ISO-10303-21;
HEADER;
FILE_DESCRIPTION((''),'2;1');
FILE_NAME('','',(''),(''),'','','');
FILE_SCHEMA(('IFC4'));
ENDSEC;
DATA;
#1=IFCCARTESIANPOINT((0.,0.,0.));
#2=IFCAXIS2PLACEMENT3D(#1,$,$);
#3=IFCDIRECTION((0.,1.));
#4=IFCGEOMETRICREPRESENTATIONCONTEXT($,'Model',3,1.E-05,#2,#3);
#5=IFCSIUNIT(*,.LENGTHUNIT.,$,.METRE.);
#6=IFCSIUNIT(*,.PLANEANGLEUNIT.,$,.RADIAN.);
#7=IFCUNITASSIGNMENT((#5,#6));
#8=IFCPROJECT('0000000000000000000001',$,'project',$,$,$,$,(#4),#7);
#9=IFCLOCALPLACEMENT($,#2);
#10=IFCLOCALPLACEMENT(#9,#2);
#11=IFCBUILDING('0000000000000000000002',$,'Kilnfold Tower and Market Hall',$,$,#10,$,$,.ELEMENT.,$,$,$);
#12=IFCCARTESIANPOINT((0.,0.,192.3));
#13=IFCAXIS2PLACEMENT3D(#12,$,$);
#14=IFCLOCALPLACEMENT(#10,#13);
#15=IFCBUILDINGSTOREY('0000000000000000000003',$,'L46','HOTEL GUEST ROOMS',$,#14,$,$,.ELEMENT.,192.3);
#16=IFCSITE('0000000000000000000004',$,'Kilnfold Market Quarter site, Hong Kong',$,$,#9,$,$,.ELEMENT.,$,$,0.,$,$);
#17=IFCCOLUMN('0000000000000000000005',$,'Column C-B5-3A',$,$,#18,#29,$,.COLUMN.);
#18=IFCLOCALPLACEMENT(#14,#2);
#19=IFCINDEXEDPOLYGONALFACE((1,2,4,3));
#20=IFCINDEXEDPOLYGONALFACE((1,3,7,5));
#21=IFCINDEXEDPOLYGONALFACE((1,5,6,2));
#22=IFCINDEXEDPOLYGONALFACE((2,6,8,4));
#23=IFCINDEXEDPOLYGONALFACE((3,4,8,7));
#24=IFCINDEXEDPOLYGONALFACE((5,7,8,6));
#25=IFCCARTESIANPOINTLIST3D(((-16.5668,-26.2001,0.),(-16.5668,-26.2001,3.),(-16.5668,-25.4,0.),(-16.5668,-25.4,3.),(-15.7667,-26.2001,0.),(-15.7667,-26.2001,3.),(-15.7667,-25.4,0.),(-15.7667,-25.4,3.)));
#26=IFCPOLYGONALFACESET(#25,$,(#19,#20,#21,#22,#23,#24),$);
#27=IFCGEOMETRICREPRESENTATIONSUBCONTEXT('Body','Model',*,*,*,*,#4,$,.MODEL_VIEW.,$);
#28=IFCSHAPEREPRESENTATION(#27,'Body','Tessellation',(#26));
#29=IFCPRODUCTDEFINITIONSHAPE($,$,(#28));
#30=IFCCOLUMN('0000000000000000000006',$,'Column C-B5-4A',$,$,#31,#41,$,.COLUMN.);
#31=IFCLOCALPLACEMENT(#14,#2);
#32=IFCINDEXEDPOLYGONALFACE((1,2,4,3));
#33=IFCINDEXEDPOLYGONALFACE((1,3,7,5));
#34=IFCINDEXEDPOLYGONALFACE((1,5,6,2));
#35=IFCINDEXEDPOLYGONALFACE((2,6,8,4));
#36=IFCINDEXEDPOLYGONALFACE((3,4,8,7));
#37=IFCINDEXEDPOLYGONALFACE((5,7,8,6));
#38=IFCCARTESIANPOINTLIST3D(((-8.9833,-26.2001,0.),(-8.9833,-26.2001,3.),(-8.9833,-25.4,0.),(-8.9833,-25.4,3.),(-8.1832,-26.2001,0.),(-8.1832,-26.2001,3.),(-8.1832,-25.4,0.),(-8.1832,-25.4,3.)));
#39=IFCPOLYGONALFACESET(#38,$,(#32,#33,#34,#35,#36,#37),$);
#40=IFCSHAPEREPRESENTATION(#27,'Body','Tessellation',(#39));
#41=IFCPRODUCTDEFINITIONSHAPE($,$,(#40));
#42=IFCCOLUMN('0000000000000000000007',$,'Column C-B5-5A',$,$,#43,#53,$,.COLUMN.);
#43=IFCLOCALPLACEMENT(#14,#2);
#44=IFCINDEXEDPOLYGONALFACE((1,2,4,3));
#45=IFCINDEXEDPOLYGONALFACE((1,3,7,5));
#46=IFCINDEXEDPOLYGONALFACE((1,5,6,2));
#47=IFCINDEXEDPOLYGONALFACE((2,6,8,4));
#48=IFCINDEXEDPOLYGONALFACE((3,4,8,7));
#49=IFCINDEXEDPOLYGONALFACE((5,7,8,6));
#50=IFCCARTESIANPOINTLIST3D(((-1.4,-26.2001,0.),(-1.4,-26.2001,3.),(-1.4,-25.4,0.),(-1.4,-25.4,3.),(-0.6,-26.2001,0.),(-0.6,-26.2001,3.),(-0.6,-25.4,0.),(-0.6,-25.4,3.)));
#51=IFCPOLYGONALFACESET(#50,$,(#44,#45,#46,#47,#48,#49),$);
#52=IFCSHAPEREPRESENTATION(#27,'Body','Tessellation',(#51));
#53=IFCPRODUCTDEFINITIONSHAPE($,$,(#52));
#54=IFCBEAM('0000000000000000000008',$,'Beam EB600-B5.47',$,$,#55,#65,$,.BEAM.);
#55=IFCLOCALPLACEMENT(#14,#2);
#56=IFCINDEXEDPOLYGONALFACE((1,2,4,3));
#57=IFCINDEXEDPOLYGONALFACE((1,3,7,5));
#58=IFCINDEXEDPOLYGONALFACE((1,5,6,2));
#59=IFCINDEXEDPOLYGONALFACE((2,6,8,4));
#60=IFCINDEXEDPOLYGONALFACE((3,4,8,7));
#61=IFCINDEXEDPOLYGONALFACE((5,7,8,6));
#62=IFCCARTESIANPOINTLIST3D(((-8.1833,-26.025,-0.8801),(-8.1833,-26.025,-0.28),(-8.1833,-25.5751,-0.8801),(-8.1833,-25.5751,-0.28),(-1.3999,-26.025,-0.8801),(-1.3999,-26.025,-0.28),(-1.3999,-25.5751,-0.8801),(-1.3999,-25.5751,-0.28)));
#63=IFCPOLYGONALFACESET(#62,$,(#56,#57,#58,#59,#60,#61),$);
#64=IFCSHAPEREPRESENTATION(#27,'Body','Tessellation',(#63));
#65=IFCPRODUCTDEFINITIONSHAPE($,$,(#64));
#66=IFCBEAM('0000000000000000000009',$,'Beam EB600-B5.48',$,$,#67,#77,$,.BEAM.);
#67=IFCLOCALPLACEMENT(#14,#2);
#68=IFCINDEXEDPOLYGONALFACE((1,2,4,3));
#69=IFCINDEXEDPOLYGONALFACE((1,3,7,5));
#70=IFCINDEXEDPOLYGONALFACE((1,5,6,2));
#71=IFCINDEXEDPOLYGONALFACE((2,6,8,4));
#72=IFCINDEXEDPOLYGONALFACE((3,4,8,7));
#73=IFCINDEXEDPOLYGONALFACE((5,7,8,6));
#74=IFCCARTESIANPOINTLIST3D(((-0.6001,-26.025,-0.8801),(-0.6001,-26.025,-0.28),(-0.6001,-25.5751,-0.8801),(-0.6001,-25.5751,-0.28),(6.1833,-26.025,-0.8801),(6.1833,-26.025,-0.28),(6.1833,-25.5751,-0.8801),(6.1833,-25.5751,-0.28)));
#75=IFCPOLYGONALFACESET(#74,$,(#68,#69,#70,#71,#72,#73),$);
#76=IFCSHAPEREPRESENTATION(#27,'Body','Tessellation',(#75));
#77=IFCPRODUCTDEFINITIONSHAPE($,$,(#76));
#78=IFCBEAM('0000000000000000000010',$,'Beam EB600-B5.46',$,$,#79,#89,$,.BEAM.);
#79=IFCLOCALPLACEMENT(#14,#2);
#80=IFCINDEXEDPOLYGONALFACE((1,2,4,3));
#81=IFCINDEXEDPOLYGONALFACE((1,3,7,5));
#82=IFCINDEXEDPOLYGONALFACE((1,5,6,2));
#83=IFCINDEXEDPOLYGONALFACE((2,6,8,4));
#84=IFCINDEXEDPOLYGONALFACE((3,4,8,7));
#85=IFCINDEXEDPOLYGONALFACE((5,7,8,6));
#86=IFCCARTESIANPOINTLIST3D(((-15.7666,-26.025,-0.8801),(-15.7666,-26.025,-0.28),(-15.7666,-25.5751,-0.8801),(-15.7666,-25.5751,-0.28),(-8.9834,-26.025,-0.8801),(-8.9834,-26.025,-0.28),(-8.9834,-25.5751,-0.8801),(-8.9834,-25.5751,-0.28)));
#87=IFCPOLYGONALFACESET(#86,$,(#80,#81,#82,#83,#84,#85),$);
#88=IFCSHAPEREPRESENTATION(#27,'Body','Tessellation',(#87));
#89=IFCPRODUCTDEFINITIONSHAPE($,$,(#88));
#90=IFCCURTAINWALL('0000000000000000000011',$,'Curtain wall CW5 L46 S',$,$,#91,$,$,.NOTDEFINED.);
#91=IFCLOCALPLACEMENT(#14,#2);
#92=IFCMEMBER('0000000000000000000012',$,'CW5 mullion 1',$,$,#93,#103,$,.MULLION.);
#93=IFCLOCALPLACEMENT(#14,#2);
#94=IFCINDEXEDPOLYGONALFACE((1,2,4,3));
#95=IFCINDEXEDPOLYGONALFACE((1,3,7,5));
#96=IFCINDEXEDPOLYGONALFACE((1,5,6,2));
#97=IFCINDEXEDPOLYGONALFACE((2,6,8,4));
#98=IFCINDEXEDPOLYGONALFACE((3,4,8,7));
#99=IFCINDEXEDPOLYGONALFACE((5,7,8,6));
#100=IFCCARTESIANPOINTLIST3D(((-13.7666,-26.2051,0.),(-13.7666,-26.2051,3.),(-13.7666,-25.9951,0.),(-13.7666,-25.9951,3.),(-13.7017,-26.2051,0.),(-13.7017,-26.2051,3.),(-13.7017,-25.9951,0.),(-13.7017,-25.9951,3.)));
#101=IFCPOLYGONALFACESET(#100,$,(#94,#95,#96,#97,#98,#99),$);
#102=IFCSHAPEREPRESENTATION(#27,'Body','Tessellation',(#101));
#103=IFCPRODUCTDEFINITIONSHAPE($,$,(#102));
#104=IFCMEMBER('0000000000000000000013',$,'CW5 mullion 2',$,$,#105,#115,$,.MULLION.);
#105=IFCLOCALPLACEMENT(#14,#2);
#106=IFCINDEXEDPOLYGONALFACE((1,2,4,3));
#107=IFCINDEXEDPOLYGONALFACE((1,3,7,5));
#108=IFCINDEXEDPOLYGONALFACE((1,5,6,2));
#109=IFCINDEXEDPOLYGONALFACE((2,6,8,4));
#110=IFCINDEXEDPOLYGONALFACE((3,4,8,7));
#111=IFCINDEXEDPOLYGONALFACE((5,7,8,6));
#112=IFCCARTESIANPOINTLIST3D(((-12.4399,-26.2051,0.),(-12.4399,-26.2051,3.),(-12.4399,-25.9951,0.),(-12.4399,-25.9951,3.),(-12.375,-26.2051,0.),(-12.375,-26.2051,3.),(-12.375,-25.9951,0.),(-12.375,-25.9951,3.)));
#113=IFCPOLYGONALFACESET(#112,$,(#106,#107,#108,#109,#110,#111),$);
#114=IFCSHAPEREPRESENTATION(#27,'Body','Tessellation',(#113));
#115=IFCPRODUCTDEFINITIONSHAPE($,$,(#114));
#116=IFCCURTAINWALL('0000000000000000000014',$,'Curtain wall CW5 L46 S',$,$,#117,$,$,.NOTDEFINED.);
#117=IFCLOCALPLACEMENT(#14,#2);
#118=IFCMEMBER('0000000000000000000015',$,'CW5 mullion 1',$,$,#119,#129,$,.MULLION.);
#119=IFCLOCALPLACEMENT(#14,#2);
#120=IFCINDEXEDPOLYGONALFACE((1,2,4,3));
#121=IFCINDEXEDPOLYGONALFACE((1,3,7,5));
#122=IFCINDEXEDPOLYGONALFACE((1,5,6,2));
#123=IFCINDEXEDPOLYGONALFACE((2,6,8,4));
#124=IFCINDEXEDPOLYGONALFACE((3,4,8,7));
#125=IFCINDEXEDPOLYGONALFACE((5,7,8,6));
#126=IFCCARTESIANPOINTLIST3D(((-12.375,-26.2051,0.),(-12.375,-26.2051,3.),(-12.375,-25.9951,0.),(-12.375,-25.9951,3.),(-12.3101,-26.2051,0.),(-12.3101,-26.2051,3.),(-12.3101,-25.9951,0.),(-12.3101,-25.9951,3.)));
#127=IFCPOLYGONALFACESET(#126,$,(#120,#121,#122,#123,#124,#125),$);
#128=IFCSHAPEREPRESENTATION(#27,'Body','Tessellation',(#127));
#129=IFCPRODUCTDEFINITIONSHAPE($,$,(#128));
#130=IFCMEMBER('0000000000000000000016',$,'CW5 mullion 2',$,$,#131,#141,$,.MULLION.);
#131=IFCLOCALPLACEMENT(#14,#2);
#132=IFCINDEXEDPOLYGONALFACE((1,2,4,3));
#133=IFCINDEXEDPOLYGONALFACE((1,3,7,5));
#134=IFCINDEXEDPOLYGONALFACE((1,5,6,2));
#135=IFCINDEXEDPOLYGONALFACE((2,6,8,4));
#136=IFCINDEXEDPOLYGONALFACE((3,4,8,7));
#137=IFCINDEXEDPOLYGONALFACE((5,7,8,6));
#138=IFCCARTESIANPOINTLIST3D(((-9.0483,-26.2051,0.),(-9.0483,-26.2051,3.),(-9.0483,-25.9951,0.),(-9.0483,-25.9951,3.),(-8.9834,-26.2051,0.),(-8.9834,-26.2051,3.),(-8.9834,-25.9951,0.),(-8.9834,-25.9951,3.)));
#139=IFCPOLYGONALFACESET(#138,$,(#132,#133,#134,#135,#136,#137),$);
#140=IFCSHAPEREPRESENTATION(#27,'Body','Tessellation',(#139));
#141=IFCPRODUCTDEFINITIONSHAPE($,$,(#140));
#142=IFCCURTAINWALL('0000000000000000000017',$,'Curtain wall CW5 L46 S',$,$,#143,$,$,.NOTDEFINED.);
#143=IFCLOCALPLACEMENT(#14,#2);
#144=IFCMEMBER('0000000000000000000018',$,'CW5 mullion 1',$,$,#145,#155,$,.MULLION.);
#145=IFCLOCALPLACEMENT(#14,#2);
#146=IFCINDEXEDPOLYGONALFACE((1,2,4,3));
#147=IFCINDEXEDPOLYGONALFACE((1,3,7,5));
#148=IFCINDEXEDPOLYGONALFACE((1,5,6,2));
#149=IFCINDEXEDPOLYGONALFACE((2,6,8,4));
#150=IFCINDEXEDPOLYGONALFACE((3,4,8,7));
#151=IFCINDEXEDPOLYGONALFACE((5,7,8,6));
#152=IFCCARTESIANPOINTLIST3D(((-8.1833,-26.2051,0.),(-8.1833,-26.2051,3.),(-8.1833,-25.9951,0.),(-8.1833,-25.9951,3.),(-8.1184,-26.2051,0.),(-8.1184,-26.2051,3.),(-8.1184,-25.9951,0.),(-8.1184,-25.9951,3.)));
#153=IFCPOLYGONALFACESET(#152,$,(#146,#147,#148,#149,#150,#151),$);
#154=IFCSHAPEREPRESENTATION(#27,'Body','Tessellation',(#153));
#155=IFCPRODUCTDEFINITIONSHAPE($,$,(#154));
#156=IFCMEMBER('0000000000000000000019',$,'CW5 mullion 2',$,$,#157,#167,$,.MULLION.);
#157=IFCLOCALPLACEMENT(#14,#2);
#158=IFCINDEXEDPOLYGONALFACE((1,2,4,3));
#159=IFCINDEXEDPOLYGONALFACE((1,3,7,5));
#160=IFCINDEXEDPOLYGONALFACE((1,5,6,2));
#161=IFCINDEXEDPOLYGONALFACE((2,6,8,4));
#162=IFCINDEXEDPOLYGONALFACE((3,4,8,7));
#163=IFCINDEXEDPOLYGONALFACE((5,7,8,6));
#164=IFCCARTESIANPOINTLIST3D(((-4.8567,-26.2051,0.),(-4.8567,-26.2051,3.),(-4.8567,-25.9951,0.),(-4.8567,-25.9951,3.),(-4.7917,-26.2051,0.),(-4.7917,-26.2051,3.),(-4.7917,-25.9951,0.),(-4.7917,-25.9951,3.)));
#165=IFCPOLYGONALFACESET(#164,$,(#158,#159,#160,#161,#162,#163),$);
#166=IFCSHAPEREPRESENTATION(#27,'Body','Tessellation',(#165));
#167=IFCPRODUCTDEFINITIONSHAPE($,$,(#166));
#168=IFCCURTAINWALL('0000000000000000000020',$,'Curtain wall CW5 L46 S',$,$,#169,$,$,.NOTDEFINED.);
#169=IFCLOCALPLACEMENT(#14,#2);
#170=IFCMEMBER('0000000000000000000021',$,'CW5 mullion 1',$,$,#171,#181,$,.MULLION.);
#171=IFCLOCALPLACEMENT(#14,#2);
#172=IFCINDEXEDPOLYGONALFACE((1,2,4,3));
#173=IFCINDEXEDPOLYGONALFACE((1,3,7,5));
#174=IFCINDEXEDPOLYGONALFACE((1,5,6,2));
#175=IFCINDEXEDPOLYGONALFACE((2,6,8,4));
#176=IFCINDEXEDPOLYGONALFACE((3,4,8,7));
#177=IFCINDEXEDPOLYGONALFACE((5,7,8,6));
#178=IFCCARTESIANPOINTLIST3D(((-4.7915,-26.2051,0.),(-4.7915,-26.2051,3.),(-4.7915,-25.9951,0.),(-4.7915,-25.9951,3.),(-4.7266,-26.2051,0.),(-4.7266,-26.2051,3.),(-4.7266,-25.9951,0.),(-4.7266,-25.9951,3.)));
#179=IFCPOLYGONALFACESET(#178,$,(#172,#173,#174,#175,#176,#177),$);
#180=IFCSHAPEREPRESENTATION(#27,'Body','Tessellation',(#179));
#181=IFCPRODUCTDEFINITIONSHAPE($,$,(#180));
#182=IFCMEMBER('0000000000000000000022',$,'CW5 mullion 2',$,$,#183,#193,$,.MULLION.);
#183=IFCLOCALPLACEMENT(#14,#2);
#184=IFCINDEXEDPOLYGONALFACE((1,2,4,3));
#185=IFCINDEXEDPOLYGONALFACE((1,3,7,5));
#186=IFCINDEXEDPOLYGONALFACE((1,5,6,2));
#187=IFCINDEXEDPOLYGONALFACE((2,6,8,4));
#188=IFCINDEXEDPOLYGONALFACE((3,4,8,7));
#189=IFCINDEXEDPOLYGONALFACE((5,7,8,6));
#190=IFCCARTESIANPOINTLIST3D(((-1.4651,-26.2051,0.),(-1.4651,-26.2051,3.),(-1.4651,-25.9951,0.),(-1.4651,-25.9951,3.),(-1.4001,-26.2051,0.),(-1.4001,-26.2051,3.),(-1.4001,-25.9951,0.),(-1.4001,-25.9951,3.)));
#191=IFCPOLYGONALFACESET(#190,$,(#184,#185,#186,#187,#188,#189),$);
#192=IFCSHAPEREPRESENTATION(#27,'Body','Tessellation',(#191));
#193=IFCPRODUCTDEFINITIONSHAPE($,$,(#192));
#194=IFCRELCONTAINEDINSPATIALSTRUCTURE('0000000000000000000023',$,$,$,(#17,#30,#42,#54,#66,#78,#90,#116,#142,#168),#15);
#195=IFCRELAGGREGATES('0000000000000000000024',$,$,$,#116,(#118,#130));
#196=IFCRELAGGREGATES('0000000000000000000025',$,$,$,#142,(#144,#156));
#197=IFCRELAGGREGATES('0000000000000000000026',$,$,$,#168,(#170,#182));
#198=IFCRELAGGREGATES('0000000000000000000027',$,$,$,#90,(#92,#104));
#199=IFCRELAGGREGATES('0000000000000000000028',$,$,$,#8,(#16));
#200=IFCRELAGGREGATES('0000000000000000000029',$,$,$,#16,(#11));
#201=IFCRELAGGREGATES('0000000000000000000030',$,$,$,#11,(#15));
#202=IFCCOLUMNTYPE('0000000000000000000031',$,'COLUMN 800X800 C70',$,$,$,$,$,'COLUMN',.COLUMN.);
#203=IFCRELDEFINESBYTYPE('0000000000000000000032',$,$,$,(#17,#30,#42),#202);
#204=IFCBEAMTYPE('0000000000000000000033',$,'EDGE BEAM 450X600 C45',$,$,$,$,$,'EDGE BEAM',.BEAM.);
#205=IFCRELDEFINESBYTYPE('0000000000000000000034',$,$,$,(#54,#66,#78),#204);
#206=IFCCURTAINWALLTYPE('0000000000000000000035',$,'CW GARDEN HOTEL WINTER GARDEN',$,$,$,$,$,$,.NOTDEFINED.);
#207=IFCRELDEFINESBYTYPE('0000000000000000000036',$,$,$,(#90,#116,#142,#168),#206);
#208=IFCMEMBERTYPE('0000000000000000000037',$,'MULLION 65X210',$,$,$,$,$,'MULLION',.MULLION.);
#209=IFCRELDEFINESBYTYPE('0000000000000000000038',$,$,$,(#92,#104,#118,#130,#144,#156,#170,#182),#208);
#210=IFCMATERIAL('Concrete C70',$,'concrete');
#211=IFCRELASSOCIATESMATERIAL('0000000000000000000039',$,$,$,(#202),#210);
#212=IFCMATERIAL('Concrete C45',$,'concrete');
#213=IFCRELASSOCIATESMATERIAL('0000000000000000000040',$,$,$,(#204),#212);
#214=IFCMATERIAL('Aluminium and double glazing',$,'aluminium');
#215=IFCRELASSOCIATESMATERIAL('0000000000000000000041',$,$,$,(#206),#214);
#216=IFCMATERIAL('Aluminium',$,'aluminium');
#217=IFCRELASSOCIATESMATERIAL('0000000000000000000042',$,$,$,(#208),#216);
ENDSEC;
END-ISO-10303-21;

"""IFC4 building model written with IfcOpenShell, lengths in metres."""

from ifc_helpers import new_model, si_unit, direction, frame, origin, origin_2d, place, context, subcontext, project, spatial, rectangle, extrude, source, transform, mapped, material, material_profile, profile_set, type_object, element, aggregate, save


model = new_model("IFC4")

# Units and contexts
model_context = context("Model", 3, precision=1e-05, world=origin(), true_north=direction((0.0, 1.0)))
body_context = subcontext(model_context, "Body", "Model", "MODEL_VIEW")
ifc_project = project(units=[si_unit("LENGTHUNIT", "METRE"), si_unit("PLANEANGLEUNIT", "RADIAN")], contexts=[model_context])

# Site, building, storey
site_placement = place(None, origin())
site = spatial("IfcSite", under=ifc_project, at=site_placement, Name="Kilnfold Market Quarter site, Hong Kong", CompositionType="ELEMENT", RefElevation=0.0)
building_placement = place(site_placement, origin())
building = spatial("IfcBuilding", under=site, at=building_placement, Name="Kilnfold Tower and Market Hall", CompositionType="ELEMENT")
storey_placement = place(building_placement, frame((0.0, 0.0, 192.3)))
storey = spatial("IfcBuildingStorey", under=building, at=storey_placement, Name="L46", Description="HOTEL GUEST ROOMS", CompositionType="ELEMENT", Elevation=192.3)

# Columns
ifc_material_1 = material(Name="Concrete C70", Category="concrete")
ifc_material_profile_1 = material_profile(ifc_material_1, rectangle(XDim=0.8, YDim=0.8, at=origin_2d()), Name="RC 800x800")
ifc_profile_set_1 = profile_set([ifc_material_profile_1], Name="Concrete C70")
column_type = type_object("IfcColumnType", Name="COLUMN 800X800 C70", ElementType="COLUMN", PredefinedType="COLUMN", material=ifc_profile_set_1)
shared_shape_1 = source(origin(), body_context, "Body", "SweptSolid", [
    extrude(rectangle(XDim=0.8, YDim=0.8, at=origin_2d()), origin(), (0.0, 0.0, 1.0), 3.0),
])
for number, where, z_axis, x_axis, name in (
    (1, (-16.1667, -25.8, 0.0), (0.0, 0.0, 1.0), (1.0, 0.0, 0.0), "Column C-B5-3A"),
    (2, (-8.5833, -25.8, 0.0), (0.0, 0.0, 1.0), (1.0, 0.0, 0.0), "Column C-B5-4A"),
    (3, (-1.0, -25.8, 0.0), (0.0, 0.0, 1.0), (1.0, 0.0, 0.0), "Column C-B5-5A"),
):
    element("IfcColumn", number, at=place(storey_placement, frame(where, z_axis=z_axis, x_axis=x_axis)), inside=storey, type_object=column_type, Name=name, PredefinedType="COLUMN", context=body_context, shape_type="MappedRepresentation", body=[
        mapped(shared_shape_1, transform((0.0, 0.0, 0.0))),
    ])

# Beams
ifc_material_2 = material(Name="Concrete C45", Category="concrete")
ifc_material_profile_2 = material_profile(ifc_material_2, rectangle(XDim=0.45, YDim=0.6001, at=origin_2d()), Name="RC 450x600")
ifc_profile_set_2 = profile_set([ifc_material_profile_2], Name="Concrete C45")
beam_type = type_object("IfcBeamType", Name="EDGE BEAM 450X600 C45", ElementType="EDGE BEAM", PredefinedType="BEAM", material=ifc_profile_set_2)
shared_shape_2 = source(origin(), body_context, "Body", "SweptSolid", [
    extrude(rectangle(XDim=0.45, YDim=0.6001, at=origin_2d()), origin(), (0.0, 0.0, 1.0), 6.7834),
])
for number, where, z_axis, x_axis, name in (
    (4, (-8.1833, -25.8, -0.5801), (1.0, 0.0, 0.0), (0.0, 1.0, 0.0), "Beam EB600-B5.47"),
    (5, (-0.6001, -25.8, -0.5801), (1.0, 0.0, 0.0), (0.0, 1.0, 0.0), "Beam EB600-B5.48"),
):
    element("IfcBeam", number, at=place(storey_placement, frame(where, z_axis=z_axis, x_axis=x_axis)), inside=storey, type_object=beam_type, Name=name, PredefinedType="BEAM", context=body_context, shape_type="MappedRepresentation", body=[
        mapped(shared_shape_2, transform((0.0, 0.0, 0.0))),
    ])
shared_shape_3 = source(origin(), body_context, "Body", "SweptSolid", [
    extrude(rectangle(XDim=0.45, YDim=0.6001, at=origin_2d()), origin(), (0.0, 0.0, 1.0), 6.7832),
])
beam_placement = place(storey_placement, frame((-15.7666, -25.8, -0.5801), z_axis=(1.0, 0.0, 0.0), x_axis=(0.0, 1.0, 0.0)))
element("IfcBeam", 6, at=beam_placement, inside=storey, type_object=beam_type, Name="Beam EB600-B5.46", PredefinedType="BEAM", context=body_context, shape_type="MappedRepresentation", body=[
    mapped(shared_shape_3, transform((0.0, 0.0, 0.0))),
])

# Curtain walls, members
ifc_material_3 = material(Name="Aluminium and double glazing", Category="aluminium")
curtain_wall_type = type_object("IfcCurtainWallType", Name="CW GARDEN HOTEL WINTER GARDEN", PredefinedType="NOTDEFINED", material=ifc_material_3)
curtain_wall_1_placement = place(storey_placement, origin())
curtain_wall_1 = element("IfcCurtainWall", 7, at=curtain_wall_1_placement, inside=storey, type_object=curtain_wall_type, Name="Curtain wall CW5 L46 S", PredefinedType="NOTDEFINED")
ifc_material_4 = material(Name="Aluminium", Category="aluminium")
ifc_material_profile_3 = material_profile(ifc_material_4, rectangle(XDim=0.0649, YDim=0.21, at=origin_2d()), Name="MULLION 65x210")
ifc_profile_set_3 = profile_set([ifc_material_profile_3], Name="Aluminium")
member_type_1 = type_object("IfcMemberType", Name="MULLION 65X210", ElementType="MULLION", PredefinedType="MULLION", material=ifc_profile_set_3)
shared_shape_4 = source(origin(), body_context, "Body", "SweptSolid", [
    extrude(rectangle(XDim=0.0649, YDim=0.21, at=origin_2d()), origin(), (0.0, 0.0, 1.0), 3.0),
])
member_1_placement = place(storey_placement, frame((-13.7341, -26.1001, 0.0), z_axis=(0.0, 0.0, 1.0), x_axis=(1.0, 0.0, 0.0)))
member_1 = element("IfcMember", 8, at=member_1_placement, type_object=member_type_1, Name="CW5 mullion 1", PredefinedType="MULLION", context=body_context, shape_type="MappedRepresentation", body=[
    mapped(shared_shape_4, transform((0.0, 0.0, 0.0))),
])
member_2_placement = place(storey_placement, frame((-12.4075, -26.1001, 0.0), z_axis=(0.0, 0.0, 1.0), x_axis=(1.0, 0.0, 0.0)))
member_2 = element("IfcMember", 9, at=member_2_placement, type_object=member_type_1, Name="CW5 mullion 2", PredefinedType="MULLION", context=body_context, shape_type="MappedRepresentation", body=[
    mapped(shared_shape_4, transform((0.0, 0.0, 0.0))),
])
curtain_wall_2_placement = place(storey_placement, origin())
curtain_wall_2 = element("IfcCurtainWall", 10, at=curtain_wall_2_placement, inside=storey, type_object=curtain_wall_type, Name="Curtain wall CW5 L46 S", PredefinedType="NOTDEFINED")
member_3_placement = place(storey_placement, frame((-12.3425, -26.1001, 0.0), z_axis=(0.0, 0.0, 1.0), x_axis=(1.0, 0.0, 0.0)))
member_3 = element("IfcMember", 11, at=member_3_placement, type_object=member_type_1, Name="CW5 mullion 1", PredefinedType="MULLION", context=body_context, shape_type="MappedRepresentation", body=[
    mapped(shared_shape_4, transform((0.0, 0.0, 0.0))),
])
member_4_placement = place(storey_placement, frame((-9.0159, -26.1001, 0.0), z_axis=(0.0, 0.0, 1.0), x_axis=(1.0, 0.0, 0.0)))
member_4 = element("IfcMember", 12, at=member_4_placement, type_object=member_type_1, Name="CW5 mullion 2", PredefinedType="MULLION", context=body_context, shape_type="MappedRepresentation", body=[
    mapped(shared_shape_4, transform((0.0, 0.0, 0.0))),
])
curtain_wall_3_placement = place(storey_placement, origin())
curtain_wall_3 = element("IfcCurtainWall", 13, at=curtain_wall_3_placement, inside=storey, type_object=curtain_wall_type, Name="Curtain wall CW5 L46 S", PredefinedType="NOTDEFINED")
member_5_placement = place(storey_placement, frame((-8.1509, -26.1001, 0.0), z_axis=(0.0, 0.0, 1.0), x_axis=(1.0, 0.0, 0.0)))
member_5 = element("IfcMember", 14, at=member_5_placement, type_object=member_type_1, Name="CW5 mullion 1", PredefinedType="MULLION", context=body_context, shape_type="MappedRepresentation", body=[
    mapped(shared_shape_4, transform((0.0, 0.0, 0.0))),
])
member_6_placement = place(storey_placement, frame((-4.8242, -26.1001, 0.0), z_axis=(0.0, 0.0, 1.0), x_axis=(1.0, 0.0, 0.0)))
member_6 = element("IfcMember", 15, at=member_6_placement, type_object=member_type_1, Name="CW5 mullion 2", PredefinedType="MULLION", context=body_context, shape_type="MappedRepresentation", body=[
    mapped(shared_shape_4, transform((0.0, 0.0, 0.0))),
])
curtain_wall_4_placement = place(storey_placement, origin())
curtain_wall_4 = element("IfcCurtainWall", 16, at=curtain_wall_4_placement, inside=storey, type_object=curtain_wall_type, Name="Curtain wall CW5 L46 S", PredefinedType="NOTDEFINED")
member_7_placement = place(storey_placement, frame((-4.759, -26.1001, 0.0), z_axis=(0.0, 0.0, 1.0), x_axis=(1.0, 0.0, 0.0)))
member_7 = element("IfcMember", 17, at=member_7_placement, type_object=member_type_1, Name="CW5 mullion 1", PredefinedType="MULLION", context=body_context, shape_type="MappedRepresentation", body=[
    mapped(shared_shape_4, transform((0.0, 0.0, 0.0))),
])
member_8_placement = place(storey_placement, frame((-1.4326, -26.1001, 0.0), z_axis=(0.0, 0.0, 1.0), x_axis=(1.0, 0.0, 0.0)))
member_8 = element("IfcMember", 18, at=member_8_placement, type_object=member_type_1, Name="CW5 mullion 2", PredefinedType="MULLION", context=body_context, shape_type="MappedRepresentation", body=[
    mapped(shared_shape_4, transform((0.0, 0.0, 0.0))),
])

aggregate(curtain_wall_2, [member_3, member_4])
aggregate(curtain_wall_3, [member_5, member_6])
aggregate(curtain_wall_4, [member_7, member_8])
aggregate(curtain_wall_1, [member_1, member_2])

save(model, "model.ifc")
